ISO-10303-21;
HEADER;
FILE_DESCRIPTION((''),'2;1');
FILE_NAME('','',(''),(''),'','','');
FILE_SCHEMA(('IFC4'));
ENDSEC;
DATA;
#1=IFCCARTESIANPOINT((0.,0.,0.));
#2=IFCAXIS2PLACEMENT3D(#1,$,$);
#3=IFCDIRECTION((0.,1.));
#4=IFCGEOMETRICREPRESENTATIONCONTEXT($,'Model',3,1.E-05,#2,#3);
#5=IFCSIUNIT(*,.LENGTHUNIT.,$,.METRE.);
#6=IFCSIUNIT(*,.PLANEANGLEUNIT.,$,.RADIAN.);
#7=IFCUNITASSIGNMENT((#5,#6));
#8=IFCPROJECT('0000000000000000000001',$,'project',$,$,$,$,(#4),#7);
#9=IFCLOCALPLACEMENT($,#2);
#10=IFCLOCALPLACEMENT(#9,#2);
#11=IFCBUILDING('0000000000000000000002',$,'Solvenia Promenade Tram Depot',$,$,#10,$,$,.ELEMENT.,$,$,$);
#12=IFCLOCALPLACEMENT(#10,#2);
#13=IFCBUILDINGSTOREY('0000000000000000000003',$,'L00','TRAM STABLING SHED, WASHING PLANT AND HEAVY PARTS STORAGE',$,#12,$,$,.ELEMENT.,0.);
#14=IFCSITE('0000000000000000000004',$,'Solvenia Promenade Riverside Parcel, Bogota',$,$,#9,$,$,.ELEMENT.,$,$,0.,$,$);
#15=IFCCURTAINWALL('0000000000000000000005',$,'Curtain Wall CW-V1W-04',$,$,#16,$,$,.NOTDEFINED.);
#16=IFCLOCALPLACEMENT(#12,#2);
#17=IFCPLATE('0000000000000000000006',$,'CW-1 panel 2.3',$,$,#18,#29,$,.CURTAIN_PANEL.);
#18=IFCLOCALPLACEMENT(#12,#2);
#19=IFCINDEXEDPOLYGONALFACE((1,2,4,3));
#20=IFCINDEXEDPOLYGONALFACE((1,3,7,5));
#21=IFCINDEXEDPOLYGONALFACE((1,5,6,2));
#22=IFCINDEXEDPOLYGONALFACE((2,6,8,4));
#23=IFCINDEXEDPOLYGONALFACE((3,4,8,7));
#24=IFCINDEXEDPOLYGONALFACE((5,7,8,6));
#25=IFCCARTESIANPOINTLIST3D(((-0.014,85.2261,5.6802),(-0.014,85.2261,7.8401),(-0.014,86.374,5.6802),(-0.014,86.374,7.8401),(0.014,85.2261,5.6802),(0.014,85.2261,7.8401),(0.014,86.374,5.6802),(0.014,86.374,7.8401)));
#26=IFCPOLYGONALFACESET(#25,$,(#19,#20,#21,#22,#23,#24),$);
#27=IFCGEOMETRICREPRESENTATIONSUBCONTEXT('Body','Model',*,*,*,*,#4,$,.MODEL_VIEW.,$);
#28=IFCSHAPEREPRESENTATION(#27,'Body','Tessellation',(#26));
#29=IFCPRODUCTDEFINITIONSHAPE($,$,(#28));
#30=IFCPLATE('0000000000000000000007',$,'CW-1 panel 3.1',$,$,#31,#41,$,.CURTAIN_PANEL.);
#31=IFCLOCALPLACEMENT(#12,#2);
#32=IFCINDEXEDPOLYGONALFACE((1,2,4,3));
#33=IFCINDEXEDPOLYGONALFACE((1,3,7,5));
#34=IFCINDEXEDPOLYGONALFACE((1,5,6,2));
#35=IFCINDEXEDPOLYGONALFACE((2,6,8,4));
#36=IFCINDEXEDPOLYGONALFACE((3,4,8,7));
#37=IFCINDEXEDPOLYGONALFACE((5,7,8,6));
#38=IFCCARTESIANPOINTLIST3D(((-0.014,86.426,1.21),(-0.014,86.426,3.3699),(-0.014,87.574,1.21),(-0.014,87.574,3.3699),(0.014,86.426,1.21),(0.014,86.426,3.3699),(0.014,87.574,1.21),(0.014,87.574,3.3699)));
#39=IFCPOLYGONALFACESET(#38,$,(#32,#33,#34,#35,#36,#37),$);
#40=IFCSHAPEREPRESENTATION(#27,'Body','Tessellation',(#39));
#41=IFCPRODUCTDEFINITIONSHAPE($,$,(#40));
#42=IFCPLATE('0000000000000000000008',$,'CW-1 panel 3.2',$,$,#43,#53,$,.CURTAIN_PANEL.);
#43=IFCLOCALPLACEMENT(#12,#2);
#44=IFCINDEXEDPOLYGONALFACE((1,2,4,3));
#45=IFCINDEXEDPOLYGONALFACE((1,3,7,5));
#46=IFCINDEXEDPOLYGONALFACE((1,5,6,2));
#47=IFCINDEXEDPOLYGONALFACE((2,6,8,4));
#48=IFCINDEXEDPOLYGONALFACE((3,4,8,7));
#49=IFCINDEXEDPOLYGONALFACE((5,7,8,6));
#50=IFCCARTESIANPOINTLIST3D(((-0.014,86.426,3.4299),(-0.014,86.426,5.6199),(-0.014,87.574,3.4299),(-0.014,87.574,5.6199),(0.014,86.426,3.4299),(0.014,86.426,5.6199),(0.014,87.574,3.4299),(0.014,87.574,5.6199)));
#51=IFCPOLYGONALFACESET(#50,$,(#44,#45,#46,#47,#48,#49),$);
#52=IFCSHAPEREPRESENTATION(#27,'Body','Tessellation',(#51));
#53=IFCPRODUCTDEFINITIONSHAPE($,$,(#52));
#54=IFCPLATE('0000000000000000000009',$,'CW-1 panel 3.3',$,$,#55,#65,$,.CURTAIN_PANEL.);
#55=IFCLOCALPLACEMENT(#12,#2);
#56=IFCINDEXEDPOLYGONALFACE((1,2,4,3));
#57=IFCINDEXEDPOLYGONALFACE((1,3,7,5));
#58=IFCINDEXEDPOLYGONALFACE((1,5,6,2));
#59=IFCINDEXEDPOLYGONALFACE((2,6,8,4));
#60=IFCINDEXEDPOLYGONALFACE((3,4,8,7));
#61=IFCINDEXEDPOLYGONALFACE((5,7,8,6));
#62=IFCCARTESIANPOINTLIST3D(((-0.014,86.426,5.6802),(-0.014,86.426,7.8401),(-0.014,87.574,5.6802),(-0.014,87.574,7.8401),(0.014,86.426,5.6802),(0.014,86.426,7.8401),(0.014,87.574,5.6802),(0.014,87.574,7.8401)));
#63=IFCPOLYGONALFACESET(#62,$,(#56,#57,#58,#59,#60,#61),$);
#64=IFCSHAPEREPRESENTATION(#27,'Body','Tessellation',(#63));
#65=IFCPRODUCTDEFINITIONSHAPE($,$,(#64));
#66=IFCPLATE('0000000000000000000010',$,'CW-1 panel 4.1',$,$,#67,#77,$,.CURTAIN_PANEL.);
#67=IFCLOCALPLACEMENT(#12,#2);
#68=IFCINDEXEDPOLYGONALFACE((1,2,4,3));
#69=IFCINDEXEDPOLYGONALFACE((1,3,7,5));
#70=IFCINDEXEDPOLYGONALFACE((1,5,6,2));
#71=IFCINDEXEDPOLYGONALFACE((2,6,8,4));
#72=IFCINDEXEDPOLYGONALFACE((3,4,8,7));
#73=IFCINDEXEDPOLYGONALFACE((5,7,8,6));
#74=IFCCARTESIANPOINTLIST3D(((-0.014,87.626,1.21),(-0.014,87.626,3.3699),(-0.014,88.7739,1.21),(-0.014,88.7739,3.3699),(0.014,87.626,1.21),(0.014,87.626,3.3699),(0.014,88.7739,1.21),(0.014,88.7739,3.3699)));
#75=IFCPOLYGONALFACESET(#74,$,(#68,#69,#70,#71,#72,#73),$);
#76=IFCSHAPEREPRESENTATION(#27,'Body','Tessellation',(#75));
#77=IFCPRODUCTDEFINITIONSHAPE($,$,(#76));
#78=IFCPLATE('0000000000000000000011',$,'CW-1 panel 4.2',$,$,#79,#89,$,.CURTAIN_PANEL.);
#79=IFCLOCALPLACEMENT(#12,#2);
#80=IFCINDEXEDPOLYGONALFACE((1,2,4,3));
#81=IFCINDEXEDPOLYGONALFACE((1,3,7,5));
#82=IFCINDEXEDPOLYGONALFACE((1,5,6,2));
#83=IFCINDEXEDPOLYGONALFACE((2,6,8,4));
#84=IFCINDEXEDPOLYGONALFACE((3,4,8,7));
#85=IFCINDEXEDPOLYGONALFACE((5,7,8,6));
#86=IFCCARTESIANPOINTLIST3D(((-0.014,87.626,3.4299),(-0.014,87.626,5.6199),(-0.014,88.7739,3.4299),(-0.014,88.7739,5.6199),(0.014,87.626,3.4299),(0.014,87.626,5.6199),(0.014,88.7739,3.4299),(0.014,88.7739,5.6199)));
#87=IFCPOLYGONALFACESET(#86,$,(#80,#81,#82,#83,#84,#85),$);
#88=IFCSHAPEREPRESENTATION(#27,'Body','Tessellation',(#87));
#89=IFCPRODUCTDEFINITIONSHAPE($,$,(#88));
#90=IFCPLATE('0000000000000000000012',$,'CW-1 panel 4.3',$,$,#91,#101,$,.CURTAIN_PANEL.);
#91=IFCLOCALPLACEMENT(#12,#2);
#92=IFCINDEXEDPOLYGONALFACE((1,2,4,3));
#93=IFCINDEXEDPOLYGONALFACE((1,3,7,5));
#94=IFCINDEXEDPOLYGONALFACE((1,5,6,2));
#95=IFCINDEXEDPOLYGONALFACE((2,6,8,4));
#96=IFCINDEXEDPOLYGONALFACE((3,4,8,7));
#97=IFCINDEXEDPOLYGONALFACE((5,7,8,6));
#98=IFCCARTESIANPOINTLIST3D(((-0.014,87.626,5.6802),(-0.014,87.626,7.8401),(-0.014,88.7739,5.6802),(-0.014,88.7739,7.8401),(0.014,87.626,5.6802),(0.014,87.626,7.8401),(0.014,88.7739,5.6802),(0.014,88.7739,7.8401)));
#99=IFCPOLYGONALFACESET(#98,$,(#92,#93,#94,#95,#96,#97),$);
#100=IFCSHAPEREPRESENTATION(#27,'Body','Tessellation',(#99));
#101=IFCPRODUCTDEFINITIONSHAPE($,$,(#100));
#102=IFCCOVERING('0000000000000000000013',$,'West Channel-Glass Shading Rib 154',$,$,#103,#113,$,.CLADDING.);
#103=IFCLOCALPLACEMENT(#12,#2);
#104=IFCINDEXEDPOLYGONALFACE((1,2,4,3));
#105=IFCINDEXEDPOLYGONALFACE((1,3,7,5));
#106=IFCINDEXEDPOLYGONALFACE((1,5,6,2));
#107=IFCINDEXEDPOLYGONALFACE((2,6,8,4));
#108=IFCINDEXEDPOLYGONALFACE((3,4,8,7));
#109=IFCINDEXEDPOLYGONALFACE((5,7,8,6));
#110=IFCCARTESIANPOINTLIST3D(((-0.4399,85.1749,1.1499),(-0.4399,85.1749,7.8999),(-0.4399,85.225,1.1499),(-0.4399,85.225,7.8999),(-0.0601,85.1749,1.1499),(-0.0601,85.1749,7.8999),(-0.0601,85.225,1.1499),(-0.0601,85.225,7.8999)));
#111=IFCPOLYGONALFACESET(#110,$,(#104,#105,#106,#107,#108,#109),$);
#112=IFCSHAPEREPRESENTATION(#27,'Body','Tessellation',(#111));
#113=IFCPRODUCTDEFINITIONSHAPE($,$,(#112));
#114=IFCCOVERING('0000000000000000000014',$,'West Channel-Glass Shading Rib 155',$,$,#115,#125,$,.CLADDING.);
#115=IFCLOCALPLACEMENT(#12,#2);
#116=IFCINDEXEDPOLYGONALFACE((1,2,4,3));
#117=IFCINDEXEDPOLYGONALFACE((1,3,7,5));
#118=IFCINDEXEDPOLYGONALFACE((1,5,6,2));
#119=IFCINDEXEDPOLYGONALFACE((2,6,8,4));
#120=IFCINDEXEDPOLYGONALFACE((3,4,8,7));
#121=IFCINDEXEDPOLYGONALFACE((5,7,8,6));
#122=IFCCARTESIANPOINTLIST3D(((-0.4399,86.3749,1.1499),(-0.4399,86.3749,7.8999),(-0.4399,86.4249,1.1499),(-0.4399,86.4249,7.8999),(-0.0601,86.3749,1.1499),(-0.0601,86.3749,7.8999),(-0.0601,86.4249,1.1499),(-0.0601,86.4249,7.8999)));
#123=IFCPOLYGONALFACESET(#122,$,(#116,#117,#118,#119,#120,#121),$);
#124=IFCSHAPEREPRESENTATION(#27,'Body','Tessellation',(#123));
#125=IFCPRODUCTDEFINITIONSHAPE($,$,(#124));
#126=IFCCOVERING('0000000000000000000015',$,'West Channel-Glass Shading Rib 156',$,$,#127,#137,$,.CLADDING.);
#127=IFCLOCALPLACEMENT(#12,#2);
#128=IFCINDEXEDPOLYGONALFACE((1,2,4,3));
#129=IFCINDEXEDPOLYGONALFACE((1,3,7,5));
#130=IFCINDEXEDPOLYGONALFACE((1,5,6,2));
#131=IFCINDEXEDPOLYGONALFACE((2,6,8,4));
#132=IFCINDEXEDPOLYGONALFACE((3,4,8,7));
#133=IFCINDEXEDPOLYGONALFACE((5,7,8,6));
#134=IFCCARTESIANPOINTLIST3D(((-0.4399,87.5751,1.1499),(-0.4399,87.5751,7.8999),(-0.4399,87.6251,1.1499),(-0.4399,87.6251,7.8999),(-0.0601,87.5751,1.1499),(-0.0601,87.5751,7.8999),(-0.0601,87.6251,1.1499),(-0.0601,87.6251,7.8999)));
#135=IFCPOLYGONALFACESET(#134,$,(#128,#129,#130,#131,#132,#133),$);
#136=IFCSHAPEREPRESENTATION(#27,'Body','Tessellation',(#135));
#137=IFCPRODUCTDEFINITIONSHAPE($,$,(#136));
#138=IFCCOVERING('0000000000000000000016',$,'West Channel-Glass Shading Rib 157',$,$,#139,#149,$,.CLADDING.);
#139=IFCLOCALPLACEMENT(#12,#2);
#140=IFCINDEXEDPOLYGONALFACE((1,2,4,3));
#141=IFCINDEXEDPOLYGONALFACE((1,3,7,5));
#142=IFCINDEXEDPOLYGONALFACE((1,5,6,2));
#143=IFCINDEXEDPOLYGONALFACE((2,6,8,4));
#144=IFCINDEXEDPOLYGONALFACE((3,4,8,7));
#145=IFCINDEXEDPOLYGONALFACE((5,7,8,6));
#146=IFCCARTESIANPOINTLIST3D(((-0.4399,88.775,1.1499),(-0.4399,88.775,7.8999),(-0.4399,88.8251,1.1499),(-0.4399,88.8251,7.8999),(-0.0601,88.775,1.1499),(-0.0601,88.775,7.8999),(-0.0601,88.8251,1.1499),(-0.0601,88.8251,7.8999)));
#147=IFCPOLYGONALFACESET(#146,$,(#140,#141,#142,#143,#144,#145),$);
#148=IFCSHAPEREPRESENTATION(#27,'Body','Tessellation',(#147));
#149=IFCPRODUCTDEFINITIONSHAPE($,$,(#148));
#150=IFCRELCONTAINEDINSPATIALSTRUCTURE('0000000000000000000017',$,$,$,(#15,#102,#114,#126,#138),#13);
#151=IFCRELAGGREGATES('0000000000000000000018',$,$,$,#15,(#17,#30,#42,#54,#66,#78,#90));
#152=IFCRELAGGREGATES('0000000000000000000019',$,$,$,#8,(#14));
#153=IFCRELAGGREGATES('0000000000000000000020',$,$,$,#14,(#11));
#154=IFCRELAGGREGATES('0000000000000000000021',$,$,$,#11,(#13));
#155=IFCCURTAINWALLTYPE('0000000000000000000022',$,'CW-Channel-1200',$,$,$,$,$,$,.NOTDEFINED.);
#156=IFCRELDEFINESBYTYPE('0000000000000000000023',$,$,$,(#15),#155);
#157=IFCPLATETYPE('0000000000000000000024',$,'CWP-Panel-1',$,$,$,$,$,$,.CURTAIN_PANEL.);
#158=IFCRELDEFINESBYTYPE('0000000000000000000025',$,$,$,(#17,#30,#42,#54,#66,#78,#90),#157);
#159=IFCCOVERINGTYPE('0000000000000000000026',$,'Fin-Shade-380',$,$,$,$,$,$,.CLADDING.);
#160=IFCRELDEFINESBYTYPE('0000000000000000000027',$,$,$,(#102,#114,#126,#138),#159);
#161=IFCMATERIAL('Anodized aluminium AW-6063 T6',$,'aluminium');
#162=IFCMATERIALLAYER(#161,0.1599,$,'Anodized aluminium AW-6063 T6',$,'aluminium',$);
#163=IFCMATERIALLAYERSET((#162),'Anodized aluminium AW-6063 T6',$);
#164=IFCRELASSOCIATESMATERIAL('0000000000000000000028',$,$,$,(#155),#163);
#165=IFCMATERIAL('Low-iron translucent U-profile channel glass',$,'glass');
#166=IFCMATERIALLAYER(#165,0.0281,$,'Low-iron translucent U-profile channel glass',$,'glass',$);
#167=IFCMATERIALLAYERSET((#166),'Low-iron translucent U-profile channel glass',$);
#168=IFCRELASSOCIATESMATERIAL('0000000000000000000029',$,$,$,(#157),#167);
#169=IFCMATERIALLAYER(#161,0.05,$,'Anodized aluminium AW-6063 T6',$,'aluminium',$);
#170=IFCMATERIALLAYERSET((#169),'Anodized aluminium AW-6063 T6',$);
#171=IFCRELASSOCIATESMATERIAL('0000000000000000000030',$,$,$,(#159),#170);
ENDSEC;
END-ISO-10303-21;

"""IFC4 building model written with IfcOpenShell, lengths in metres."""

from ifc_helpers import new_model, si_unit, direction, frame, origin, origin_2d, place, context, subcontext, project, spatial, rectangle, extrude, material, layer, layer_set, type_object, element, aggregate, save


model = new_model("IFC4")

# Units and contexts
model_context = context("Model", 3, precision=1e-05, world=origin(), true_north=direction((0.0, 1.0)))
body_context = subcontext(model_context, "Body", "Model", "MODEL_VIEW")
ifc_project = project(units=[si_unit("LENGTHUNIT", "METRE"), si_unit("PLANEANGLEUNIT", "RADIAN")], contexts=[model_context])

# Site, building, storey
site_placement = place(None, origin())
site = spatial("IfcSite", under=ifc_project, at=site_placement, Name="Solvenia Promenade Riverside Parcel, Bogota", CompositionType="ELEMENT", RefElevation=0.0)
building_placement = place(site_placement, origin())
building = spatial("IfcBuilding", under=site, at=building_placement, Name="Solvenia Promenade Tram Depot", CompositionType="ELEMENT")
storey_placement = place(building_placement, origin())
storey = spatial("IfcBuildingStorey", under=building, at=storey_placement, Name="L00", Description="TRAM STABLING SHED, WASHING PLANT AND HEAVY PARTS STORAGE", CompositionType="ELEMENT", Elevation=0.0)

# Curtain wall, plates
ifc_material_1 = material(Name="Anodized aluminium AW-6063 T6", Category="aluminium")
ifc_layer_1 = layer(ifc_material_1, 0.1599, Name="Anodized aluminium AW-6063 T6", Category="aluminium")
ifc_layer_set_1 = layer_set([ifc_layer_1], Name="Anodized aluminium AW-6063 T6")
curtain_wall_type = type_object("IfcCurtainWallType", Name="CW-Channel-1200", PredefinedType="NOTDEFINED", material=ifc_layer_set_1)
curtain_wall_placement = place(storey_placement, origin())
curtain_wall = element("IfcCurtainWall", 1, at=curtain_wall_placement, inside=storey, type_object=curtain_wall_type, Name="Curtain Wall CW-V1W-04", PredefinedType="NOTDEFINED")
ifc_material_2 = material(Name="Low-iron translucent U-profile channel glass", Category="glass")
ifc_layer_2 = layer(ifc_material_2, 0.0281, Name="Low-iron translucent U-profile channel glass", Category="glass")
ifc_layer_set_2 = layer_set([ifc_layer_2], Name="Low-iron translucent U-profile channel glass")
plate_type = type_object("IfcPlateType", Name="CWP-Panel-1", PredefinedType="CURTAIN_PANEL", material=ifc_layer_set_2)
plate_1_placement = place(storey_placement, frame((0.0, 85.8, 5.6802), z_axis=(0.0, 0.0, 1.0), x_axis=(0.0, 1.0, 0.0)))
plate_1 = element("IfcPlate", 2, at=plate_1_placement, type_object=plate_type, Name="CW-1 panel 2.3", PredefinedType="CURTAIN_PANEL", context=body_context, shape_type="SweptSolid", body=[
    extrude(rectangle(XDim=1.1479, YDim=0.0281, at=origin_2d()), origin(), (0.0, 0.0, 1.0), 2.1599),
])
plate_2_placement = place(storey_placement, frame((0.0, 87.0, 1.21), z_axis=(0.0, 0.0, 1.0), x_axis=(0.0, 1.0, 0.0)))
plate_2 = element("IfcPlate", 3, at=plate_2_placement, type_object=plate_type, Name="CW-1 panel 3.1", PredefinedType="CURTAIN_PANEL", context=body_context, shape_type="SweptSolid", body=[
    extrude(rectangle(XDim=1.1479, YDim=0.0281, at=origin_2d()), origin(), (0.0, 0.0, 1.0), 2.1599),
])
plate_3_placement = place(storey_placement, frame((0.0, 87.0, 3.4299), z_axis=(0.0, 0.0, 1.0), x_axis=(0.0, 1.0, 0.0)))
plate_3 = element("IfcPlate", 4, at=plate_3_placement, type_object=plate_type, Name="CW-1 panel 3.2", PredefinedType="CURTAIN_PANEL", context=body_context, shape_type="SweptSolid", body=[
    extrude(rectangle(XDim=1.1479, YDim=0.0281, at=origin_2d()), origin(), (0.0, 0.0, 1.0), 2.1899),
])
plate_4_placement = place(storey_placement, frame((0.0, 87.0, 5.6802), z_axis=(0.0, 0.0, 1.0), x_axis=(0.0, 1.0, 0.0)))
plate_4 = element("IfcPlate", 5, at=plate_4_placement, type_object=plate_type, Name="CW-1 panel 3.3", PredefinedType="CURTAIN_PANEL", context=body_context, shape_type="SweptSolid", body=[
    extrude(rectangle(XDim=1.1479, YDim=0.0281, at=origin_2d()), origin(), (0.0, 0.0, 1.0), 2.1599),
])
plate_5_placement = place(storey_placement, frame((0.0, 88.2, 1.21), z_axis=(0.0, 0.0, 1.0), x_axis=(0.0, 1.0, 0.0)))
plate_5 = element("IfcPlate", 6, at=plate_5_placement, type_object=plate_type, Name="CW-1 panel 4.1", PredefinedType="CURTAIN_PANEL", context=body_context, shape_type="SweptSolid", body=[
    extrude(rectangle(XDim=1.1479, YDim=0.0281, at=origin_2d()), origin(), (0.0, 0.0, 1.0), 2.1599),
])
plate_6_placement = place(storey_placement, frame((0.0, 88.2, 3.4299), z_axis=(0.0, 0.0, 1.0), x_axis=(0.0, 1.0, 0.0)))
plate_6 = element("IfcPlate", 7, at=plate_6_placement, type_object=plate_type, Name="CW-1 panel 4.2", PredefinedType="CURTAIN_PANEL", context=body_context, shape_type="SweptSolid", body=[
    extrude(rectangle(XDim=1.1479, YDim=0.0281, at=origin_2d()), origin(), (0.0, 0.0, 1.0), 2.1899),
])
plate_7_placement = place(storey_placement, frame((0.0, 88.2, 5.6802), z_axis=(0.0, 0.0, 1.0), x_axis=(0.0, 1.0, 0.0)))
plate_7 = element("IfcPlate", 8, at=plate_7_placement, type_object=plate_type, Name="CW-1 panel 4.3", PredefinedType="CURTAIN_PANEL", context=body_context, shape_type="SweptSolid", body=[
    extrude(rectangle(XDim=1.1479, YDim=0.0281, at=origin_2d()), origin(), (0.0, 0.0, 1.0), 2.1599),
])
aggregate(curtain_wall, [plate_1, plate_2, plate_3, plate_4, plate_5, plate_6, plate_7])

# Coverings
ifc_layer_3 = layer(ifc_material_1, 0.05, Name="Anodized aluminium AW-6063 T6", Category="aluminium")
ifc_layer_set_3 = layer_set([ifc_layer_3], Name="Anodized aluminium AW-6063 T6")
covering_type = type_object("IfcCoveringType", Name="Fin-Shade-380", PredefinedType="CLADDING", material=ifc_layer_set_3)
for number, where, z_axis, x_axis, name in (
    (9, (-0.25, 85.2, 1.1499), (0.0, 0.0, 1.0), (1.0, 0.0, 0.0), "West Channel-Glass Shading Rib 154"),
    (10, (-0.25, 86.3999, 1.1499), (0.0, 0.0, 1.0), (1.0, 0.0, 0.0), "West Channel-Glass Shading Rib 155"),
    (11, (-0.25, 87.6001, 1.1499), (0.0, 0.0, 1.0), (1.0, 0.0, 0.0), "West Channel-Glass Shading Rib 156"),
    (12, (-0.25, 88.8, 1.1499), (0.0, 0.0, 1.0), (1.0, 0.0, 0.0), "West Channel-Glass Shading Rib 157"),
):
    element("IfcCovering", number, at=place(storey_placement, frame(where, z_axis=z_axis, x_axis=x_axis)), inside=storey, type_object=covering_type, Name=name, PredefinedType="CLADDING", context=body_context, shape_type="SweptSolid", body=[
        extrude(rectangle(XDim=0.3799, YDim=0.05, at=origin_2d()), origin(), (0.0, 0.0, 1.0), 6.75),
    ])

save(model, "model.ifc")
